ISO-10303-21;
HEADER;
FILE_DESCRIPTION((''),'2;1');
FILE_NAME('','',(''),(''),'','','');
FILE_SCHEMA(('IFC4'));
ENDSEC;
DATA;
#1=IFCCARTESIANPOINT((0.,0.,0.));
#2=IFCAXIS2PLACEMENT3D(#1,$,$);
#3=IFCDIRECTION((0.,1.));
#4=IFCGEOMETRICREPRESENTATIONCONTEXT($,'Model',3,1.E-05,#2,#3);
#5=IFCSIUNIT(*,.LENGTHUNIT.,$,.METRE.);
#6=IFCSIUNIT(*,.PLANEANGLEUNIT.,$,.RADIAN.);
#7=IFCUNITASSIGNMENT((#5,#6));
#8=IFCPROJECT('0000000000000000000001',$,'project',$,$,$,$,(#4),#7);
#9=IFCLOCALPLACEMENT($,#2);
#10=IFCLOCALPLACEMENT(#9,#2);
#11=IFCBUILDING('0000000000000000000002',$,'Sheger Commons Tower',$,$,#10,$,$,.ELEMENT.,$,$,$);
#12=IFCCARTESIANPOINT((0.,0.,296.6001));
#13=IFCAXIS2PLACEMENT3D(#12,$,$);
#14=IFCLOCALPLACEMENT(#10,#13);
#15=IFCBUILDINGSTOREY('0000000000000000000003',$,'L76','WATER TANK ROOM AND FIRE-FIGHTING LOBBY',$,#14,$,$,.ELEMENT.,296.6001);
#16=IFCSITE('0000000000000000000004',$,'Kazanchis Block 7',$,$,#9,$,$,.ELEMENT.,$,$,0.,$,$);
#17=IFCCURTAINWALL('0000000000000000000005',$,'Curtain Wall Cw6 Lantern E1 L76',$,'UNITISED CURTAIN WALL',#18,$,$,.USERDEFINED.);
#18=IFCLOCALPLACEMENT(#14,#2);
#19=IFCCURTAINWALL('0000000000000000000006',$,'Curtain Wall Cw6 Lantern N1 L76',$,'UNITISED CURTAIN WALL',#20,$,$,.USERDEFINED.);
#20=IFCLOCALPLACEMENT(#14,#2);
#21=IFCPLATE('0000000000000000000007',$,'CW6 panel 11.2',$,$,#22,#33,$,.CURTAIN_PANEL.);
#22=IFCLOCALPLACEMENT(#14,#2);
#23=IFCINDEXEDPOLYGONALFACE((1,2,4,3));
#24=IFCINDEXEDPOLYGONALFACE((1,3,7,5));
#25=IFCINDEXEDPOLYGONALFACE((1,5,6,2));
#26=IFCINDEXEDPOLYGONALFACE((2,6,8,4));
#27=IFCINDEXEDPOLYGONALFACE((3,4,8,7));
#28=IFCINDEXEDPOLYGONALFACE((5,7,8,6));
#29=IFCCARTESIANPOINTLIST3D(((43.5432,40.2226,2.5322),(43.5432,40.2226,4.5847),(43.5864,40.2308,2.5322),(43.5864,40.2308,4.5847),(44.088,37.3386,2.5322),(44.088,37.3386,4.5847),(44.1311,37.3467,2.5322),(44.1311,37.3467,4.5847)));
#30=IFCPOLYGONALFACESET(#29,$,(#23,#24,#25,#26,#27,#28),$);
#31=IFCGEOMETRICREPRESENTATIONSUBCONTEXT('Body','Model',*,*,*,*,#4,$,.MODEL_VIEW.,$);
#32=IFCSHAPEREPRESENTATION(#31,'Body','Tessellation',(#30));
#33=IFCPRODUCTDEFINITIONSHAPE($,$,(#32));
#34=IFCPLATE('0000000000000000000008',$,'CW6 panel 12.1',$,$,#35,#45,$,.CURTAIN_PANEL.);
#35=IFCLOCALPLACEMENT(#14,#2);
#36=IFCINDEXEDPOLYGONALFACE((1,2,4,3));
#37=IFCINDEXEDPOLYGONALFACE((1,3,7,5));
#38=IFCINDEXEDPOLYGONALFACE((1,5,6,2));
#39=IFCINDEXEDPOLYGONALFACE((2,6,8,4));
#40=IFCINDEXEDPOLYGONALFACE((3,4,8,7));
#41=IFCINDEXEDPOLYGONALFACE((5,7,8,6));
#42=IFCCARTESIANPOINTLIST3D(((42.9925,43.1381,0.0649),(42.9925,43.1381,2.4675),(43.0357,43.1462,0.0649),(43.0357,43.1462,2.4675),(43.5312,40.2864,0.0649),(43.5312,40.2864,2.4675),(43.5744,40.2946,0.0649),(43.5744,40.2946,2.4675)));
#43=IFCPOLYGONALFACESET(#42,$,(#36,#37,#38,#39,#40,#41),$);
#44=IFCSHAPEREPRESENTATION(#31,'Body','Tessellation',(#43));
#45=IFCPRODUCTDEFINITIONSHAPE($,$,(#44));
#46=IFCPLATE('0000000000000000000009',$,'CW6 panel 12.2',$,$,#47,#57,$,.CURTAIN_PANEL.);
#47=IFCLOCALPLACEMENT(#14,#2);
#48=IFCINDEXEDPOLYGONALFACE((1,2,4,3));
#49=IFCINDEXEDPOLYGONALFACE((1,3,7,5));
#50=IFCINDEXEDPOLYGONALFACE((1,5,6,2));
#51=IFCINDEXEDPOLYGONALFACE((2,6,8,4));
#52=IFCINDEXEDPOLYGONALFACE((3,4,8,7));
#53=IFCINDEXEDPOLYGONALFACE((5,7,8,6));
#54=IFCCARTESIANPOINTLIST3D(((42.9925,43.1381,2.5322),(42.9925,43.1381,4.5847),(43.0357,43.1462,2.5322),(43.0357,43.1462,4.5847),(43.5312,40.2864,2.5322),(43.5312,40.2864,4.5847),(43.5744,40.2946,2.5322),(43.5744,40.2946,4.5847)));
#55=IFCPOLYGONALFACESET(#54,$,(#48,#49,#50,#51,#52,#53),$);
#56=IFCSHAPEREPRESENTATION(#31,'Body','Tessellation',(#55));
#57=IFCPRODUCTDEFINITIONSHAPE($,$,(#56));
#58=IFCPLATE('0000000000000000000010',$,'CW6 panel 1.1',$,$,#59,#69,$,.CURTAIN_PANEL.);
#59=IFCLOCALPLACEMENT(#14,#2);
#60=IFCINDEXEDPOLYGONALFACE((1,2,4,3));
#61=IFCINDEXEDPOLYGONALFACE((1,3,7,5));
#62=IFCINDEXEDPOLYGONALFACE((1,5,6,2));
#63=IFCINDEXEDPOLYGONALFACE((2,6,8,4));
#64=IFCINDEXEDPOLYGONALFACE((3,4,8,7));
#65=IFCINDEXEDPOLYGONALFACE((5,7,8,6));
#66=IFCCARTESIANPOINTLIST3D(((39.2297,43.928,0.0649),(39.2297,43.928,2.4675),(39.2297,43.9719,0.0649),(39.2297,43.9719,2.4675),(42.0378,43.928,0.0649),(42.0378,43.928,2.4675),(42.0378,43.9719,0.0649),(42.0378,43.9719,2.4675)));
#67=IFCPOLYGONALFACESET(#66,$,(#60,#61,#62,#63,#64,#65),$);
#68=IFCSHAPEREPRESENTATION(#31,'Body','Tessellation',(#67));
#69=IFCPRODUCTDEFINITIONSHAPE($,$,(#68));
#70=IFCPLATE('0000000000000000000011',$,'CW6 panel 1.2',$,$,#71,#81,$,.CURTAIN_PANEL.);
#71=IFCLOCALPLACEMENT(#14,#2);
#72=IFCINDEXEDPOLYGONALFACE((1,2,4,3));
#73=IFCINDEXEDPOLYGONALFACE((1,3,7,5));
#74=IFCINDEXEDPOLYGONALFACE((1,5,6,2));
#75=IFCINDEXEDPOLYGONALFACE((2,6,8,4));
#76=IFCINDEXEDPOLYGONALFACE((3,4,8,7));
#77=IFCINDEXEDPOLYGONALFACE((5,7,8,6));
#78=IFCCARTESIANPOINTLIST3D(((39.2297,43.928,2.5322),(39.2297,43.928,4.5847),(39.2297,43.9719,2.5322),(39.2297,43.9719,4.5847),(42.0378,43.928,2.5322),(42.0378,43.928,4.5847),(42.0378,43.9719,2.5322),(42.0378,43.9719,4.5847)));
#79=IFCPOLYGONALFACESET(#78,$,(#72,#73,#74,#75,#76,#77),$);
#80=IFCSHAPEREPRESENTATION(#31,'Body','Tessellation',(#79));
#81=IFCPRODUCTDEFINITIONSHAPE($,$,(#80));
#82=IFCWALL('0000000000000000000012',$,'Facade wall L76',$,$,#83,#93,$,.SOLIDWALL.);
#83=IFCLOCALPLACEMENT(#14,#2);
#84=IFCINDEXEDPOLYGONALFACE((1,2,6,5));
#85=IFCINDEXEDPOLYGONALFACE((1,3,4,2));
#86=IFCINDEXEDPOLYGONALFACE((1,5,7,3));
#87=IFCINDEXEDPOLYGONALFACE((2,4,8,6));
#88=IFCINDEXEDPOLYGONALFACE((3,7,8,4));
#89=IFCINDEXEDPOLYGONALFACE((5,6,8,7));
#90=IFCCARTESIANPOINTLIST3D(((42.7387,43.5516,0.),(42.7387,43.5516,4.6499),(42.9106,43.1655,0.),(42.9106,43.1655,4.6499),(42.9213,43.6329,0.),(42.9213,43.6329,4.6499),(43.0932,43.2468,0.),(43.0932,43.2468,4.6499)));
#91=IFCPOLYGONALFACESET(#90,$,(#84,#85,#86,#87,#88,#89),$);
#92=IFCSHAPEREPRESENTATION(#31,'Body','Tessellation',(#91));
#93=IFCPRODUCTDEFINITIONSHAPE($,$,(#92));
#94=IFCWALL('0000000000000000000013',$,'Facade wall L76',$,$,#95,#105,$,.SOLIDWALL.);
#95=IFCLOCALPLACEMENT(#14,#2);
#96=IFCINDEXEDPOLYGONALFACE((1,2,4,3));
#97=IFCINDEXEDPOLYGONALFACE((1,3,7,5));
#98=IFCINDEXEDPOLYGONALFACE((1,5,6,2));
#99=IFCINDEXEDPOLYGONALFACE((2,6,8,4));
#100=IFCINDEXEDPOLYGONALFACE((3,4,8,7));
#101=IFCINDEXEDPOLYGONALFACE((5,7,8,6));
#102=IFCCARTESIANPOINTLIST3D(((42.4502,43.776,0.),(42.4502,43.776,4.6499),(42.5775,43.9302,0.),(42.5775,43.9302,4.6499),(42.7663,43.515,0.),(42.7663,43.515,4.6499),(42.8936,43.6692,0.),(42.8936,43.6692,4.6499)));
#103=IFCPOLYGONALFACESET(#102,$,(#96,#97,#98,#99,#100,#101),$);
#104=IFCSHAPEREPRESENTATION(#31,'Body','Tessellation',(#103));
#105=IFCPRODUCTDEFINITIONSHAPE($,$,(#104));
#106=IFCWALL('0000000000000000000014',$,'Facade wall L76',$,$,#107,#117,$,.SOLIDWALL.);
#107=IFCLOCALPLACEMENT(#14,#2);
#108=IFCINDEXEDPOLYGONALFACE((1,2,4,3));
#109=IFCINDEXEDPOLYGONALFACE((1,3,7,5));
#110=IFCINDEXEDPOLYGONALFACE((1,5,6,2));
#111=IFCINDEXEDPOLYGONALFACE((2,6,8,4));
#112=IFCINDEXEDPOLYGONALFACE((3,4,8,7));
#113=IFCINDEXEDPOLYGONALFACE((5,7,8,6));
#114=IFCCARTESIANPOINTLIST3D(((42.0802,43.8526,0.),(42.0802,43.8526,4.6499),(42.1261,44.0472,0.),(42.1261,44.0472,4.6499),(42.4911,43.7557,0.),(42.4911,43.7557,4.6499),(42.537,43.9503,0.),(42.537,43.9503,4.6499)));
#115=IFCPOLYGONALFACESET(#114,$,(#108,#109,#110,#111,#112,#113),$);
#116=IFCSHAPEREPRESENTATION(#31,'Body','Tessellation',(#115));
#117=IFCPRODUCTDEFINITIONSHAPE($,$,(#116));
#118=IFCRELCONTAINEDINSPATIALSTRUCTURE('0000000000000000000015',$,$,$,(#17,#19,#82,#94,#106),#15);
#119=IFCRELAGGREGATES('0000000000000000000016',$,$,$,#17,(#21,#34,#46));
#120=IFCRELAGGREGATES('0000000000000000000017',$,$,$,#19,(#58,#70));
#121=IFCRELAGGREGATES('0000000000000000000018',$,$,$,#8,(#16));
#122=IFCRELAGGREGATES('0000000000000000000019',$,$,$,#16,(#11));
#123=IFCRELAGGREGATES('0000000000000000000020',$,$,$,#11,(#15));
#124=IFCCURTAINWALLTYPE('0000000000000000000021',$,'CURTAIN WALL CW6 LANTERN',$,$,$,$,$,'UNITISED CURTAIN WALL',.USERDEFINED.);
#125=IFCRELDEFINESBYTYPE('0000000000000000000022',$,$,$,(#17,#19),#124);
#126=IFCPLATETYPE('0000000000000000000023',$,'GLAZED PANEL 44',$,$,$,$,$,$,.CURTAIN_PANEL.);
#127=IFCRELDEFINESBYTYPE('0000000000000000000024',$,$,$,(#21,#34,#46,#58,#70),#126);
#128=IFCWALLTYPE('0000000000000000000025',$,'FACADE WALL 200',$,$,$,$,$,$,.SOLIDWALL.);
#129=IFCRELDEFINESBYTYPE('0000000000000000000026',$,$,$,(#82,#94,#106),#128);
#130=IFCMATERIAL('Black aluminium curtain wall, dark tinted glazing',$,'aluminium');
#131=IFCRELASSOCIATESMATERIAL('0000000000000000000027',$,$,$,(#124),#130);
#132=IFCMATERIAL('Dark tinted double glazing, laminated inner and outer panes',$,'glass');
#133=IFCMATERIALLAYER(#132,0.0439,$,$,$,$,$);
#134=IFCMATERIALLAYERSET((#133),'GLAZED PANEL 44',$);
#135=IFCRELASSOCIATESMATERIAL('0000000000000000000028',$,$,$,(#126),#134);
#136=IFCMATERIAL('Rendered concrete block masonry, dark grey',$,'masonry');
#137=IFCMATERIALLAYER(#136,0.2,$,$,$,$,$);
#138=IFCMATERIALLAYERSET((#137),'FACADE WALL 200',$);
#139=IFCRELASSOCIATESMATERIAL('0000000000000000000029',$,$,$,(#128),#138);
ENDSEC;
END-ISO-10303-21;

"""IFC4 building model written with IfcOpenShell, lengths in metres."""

from ifc_helpers import new_model, si_unit, direction, frame, frame_2d, origin, origin_2d, place, context, subcontext, project, spatial, rectangle, extrude, material, layer, layer_set, type_object, element, aggregate, save


model = new_model("IFC4")

# Units and contexts
model_context = context("Model", 3, precision=1e-05, world=origin(), true_north=direction((0.0, 1.0)))
body_context = subcontext(model_context, "Body", "Model", "MODEL_VIEW")
ifc_project = project(units=[si_unit("LENGTHUNIT", "METRE"), si_unit("PLANEANGLEUNIT", "RADIAN")], contexts=[model_context])

# Site, building, storey
site_placement = place(None, origin())
site = spatial("IfcSite", under=ifc_project, at=site_placement, Name="Kazanchis Block 7", CompositionType="ELEMENT", RefElevation=0.0)
building_placement = place(site_placement, origin())
building = spatial("IfcBuilding", under=site, at=building_placement, Name="Sheger Commons Tower", CompositionType="ELEMENT")
storey_placement = place(building_placement, frame((0.0, 0.0, 296.6001)))
storey = spatial("IfcBuildingStorey", under=building, at=storey_placement, Name="L76", Description="WATER TANK ROOM AND FIRE-FIGHTING LOBBY", CompositionType="ELEMENT", Elevation=296.6001)

# Curtain walls
ifc_material_1 = material(Name="Black aluminium curtain wall, dark tinted glazing", Category="aluminium")
curtain_wall_type = type_object("IfcCurtainWallType", Name="CURTAIN WALL CW6 LANTERN", ElementType="UNITISED CURTAIN WALL", PredefinedType="USERDEFINED", material=ifc_material_1)
curtain_wall_1_placement = place(storey_placement, origin())
curtain_wall_1 = element("IfcCurtainWall", 1, at=curtain_wall_1_placement, inside=storey, type_object=curtain_wall_type, Name="Curtain Wall Cw6 Lantern E1 L76", ObjectType="UNITISED CURTAIN WALL", PredefinedType="USERDEFINED")
curtain_wall_2_placement = place(storey_placement, origin())
curtain_wall_2 = element("IfcCurtainWall", 2, at=curtain_wall_2_placement, inside=storey, type_object=curtain_wall_type, Name="Curtain Wall Cw6 Lantern N1 L76", ObjectType="UNITISED CURTAIN WALL", PredefinedType="USERDEFINED")

# Plates
ifc_material_2 = material(Name="Dark tinted double glazing, laminated inner and outer panes", Category="glass")
ifc_layer_1 = layer(ifc_material_2, 0.0439)
ifc_layer_set_1 = layer_set([ifc_layer_1], Name="GLAZED PANEL 44")
plate_type = type_object("IfcPlateType", Name="GLAZED PANEL 44", PredefinedType="CURTAIN_PANEL", material=ifc_layer_set_1)
plate_1_placement = place(storey_placement, frame((43.8372, 38.7847, 2.5322), z_axis=(0.0, 0.0, 1.0), x_axis=(-0.185613, 0.982623, 0.0)))
plate_1 = element("IfcPlate", 3, at=plate_1_placement, type_object=plate_type, Name="CW6 panel 11.2", PredefinedType="CURTAIN_PANEL", context=body_context, shape_type="SweptSolid", body=[
    extrude(rectangle(XDim=2.9351, YDim=0.0439, at=origin_2d()), origin(), (0.0, 0.0, 1.0), 2.0525),
])
plate_2_placement = place(storey_placement, frame((43.2834, 41.7163, 0.0649), z_axis=(0.0, 0.0, 1.0), x_axis=(-0.185613, 0.982623, 0.0)))
plate_2 = element("IfcPlate", 4, at=plate_2_placement, type_object=plate_type, Name="CW6 panel 12.1", PredefinedType="CURTAIN_PANEL", context=body_context, shape_type="SweptSolid", body=[
    extrude(rectangle(XDim=2.9021, YDim=0.0439, at=origin_2d()), origin(), (0.0, 0.0, 1.0), 2.4026),
])
plate_3_placement = place(storey_placement, frame((43.2834, 41.7163, 2.5322), z_axis=(0.0, 0.0, 1.0), x_axis=(-0.185613, 0.982623, 0.0)))
plate_3 = element("IfcPlate", 5, at=plate_3_placement, type_object=plate_type, Name="CW6 panel 12.2", PredefinedType="CURTAIN_PANEL", context=body_context, shape_type="SweptSolid", body=[
    extrude(rectangle(XDim=2.9021, YDim=0.0439, at=origin_2d()), origin(), (0.0, 0.0, 1.0), 2.0525),
])
aggregate(curtain_wall_1, [plate_1, plate_2, plate_3])
plate_4_placement = place(storey_placement, frame((40.6338, 43.95, 0.0649), z_axis=(0.0, 0.0, 1.0), x_axis=(-1.0, 0.0, 0.0)))
plate_4 = element("IfcPlate", 6, at=plate_4_placement, type_object=plate_type, Name="CW6 panel 1.1", PredefinedType="CURTAIN_PANEL", context=body_context, shape_type="SweptSolid", body=[
    extrude(rectangle(XDim=2.8081, YDim=0.0439, at=origin_2d()), origin(), (0.0, 0.0, 1.0), 2.4026),
])
plate_5_placement = place(storey_placement, frame((40.6338, 43.95, 2.5322), z_axis=(0.0, 0.0, 1.0), x_axis=(-1.0, 0.0, 0.0)))
plate_5 = element("IfcPlate", 7, at=plate_5_placement, type_object=plate_type, Name="CW6 panel 1.2", PredefinedType="CURTAIN_PANEL", context=body_context, shape_type="SweptSolid", body=[
    extrude(rectangle(XDim=2.8081, YDim=0.0439, at=origin_2d()), origin(), (0.0, 0.0, 1.0), 2.0525),
])
aggregate(curtain_wall_2, [plate_4, plate_5])

# Walls
ifc_material_3 = material(Name="Rendered concrete block masonry, dark grey", Category="masonry")
ifc_layer_2 = layer(ifc_material_3, 0.2)
ifc_layer_set_2 = layer_set([ifc_layer_2], Name="FACADE WALL 200")
wall_type = type_object("IfcWallType", Name="FACADE WALL 200", PredefinedType="SOLIDWALL", material=ifc_layer_set_2)
wall_1_placement = place(storey_placement, frame((43.002, 43.2061, 0.0), z_axis=(0.0, 0.0, 1.0), x_axis=(-0.406782, 0.913525, 0.0)))
element("IfcWall", 8, at=wall_1_placement, inside=storey, type_object=wall_type, Name="Facade wall L76", PredefinedType="SOLIDWALL", context=body_context, shape_type="SweptSolid", body=[
    extrude(rectangle(XDim=0.4226, YDim=0.2, at=frame_2d((0.2114, 0.0))), origin(), (0.0, 0.0, 1.0), 4.6499),
])
wall_2_placement = place(storey_placement, frame((42.8301, 43.592, 0.0), z_axis=(0.0, 0.0, 1.0), x_axis=(-0.771191, 0.636604, 0.0)))
element("IfcWall", 9, at=wall_2_placement, inside=storey, type_object=wall_type, Name="Facade wall L76", PredefinedType="SOLIDWALL", context=body_context, shape_type="SweptSolid", body=[
    extrude(rectangle(XDim=0.4099, YDim=0.2, at=frame_2d((0.2051, 0.0))), origin(), (0.0, 0.0, 1.0), 4.6499),
])
wall_3_placement = place(storey_placement, frame((42.5139, 43.853, 0.0), z_axis=(0.0, 0.0, 1.0), x_axis=(-0.973288, 0.229587, 0.0)))
element("IfcWall", 10, at=wall_3_placement, inside=storey, type_object=wall_type, Name="Facade wall L76", PredefinedType="SOLIDWALL", context=body_context, shape_type="SweptSolid", body=[
    extrude(rectangle(XDim=0.4221, YDim=0.2, at=frame_2d((0.2109, 0.0))), origin(), (0.0, 0.0, 1.0), 4.6499),
])

save(model, "model.ifc")
